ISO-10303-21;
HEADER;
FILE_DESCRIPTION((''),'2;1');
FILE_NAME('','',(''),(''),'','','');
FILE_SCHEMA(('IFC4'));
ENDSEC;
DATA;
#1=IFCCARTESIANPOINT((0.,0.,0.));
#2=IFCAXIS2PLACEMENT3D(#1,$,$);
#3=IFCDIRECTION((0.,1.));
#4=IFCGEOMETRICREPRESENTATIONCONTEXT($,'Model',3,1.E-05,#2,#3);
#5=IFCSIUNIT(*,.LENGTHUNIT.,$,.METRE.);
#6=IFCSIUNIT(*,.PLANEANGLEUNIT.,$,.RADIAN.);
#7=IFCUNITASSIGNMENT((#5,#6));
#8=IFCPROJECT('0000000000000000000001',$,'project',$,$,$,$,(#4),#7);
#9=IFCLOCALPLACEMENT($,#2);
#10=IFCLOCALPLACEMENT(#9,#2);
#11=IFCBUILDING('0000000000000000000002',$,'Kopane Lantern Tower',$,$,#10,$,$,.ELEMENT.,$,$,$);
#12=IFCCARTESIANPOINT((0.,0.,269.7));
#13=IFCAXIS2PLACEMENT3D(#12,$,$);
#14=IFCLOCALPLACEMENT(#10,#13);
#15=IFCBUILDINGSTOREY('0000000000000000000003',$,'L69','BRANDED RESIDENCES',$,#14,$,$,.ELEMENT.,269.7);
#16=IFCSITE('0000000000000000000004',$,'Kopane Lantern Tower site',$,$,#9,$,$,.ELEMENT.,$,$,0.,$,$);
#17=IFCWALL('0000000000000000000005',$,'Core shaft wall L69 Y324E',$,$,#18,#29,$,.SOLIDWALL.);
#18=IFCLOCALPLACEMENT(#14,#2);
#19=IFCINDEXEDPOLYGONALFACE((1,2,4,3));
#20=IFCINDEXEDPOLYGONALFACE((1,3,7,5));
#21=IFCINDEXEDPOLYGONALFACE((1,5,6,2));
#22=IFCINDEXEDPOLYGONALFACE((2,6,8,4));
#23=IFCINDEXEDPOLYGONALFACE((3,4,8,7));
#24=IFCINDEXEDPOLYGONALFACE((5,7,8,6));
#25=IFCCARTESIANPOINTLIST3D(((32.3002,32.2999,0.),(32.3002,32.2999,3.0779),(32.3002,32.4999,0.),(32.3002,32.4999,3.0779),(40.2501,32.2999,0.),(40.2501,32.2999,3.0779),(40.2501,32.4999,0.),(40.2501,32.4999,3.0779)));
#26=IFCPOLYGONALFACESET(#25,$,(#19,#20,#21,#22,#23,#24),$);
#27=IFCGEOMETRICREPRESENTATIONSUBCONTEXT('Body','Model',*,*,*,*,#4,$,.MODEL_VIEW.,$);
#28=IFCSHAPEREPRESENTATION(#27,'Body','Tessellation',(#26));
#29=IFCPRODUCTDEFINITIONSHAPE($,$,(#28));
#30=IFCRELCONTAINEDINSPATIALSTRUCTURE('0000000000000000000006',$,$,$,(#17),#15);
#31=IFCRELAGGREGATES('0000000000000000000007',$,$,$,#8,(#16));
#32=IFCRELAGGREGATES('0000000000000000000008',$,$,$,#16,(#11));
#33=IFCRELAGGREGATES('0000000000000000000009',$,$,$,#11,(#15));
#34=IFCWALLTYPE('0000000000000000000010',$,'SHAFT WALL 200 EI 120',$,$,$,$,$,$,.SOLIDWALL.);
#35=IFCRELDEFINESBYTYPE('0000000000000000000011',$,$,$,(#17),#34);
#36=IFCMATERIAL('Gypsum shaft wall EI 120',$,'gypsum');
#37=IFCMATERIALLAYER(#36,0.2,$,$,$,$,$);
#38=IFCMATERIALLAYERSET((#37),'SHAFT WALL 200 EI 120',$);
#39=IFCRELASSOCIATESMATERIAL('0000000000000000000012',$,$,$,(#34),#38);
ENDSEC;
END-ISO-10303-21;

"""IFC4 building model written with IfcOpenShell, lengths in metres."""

from ifc_helpers import new_model, si_unit, direction, frame, frame_2d, origin, place, context, subcontext, project, spatial, rectangle, extrude, material, layer, layer_set, type_object, element, save


model = new_model("IFC4")

# Units and contexts
model_context = context("Model", 3, precision=1e-05, world=origin(), true_north=direction((0.0, 1.0)))
body_context = subcontext(model_context, "Body", "Model", "MODEL_VIEW")
ifc_project = project(units=[si_unit("LENGTHUNIT", "METRE"), si_unit("PLANEANGLEUNIT", "RADIAN")], contexts=[model_context])

# Site, building, storey
site_placement = place(None, origin())
site = spatial("IfcSite", under=ifc_project, at=site_placement, Name="Kopane Lantern Tower site", CompositionType="ELEMENT", RefElevation=0.0)
building_placement = place(site_placement, origin())
building = spatial("IfcBuilding", under=site, at=building_placement, Name="Kopane Lantern Tower", CompositionType="ELEMENT")
storey_placement = place(building_placement, frame((0.0, 0.0, 269.7)))
storey = spatial("IfcBuildingStorey", under=building, at=storey_placement, Name="L69", Description="BRANDED RESIDENCES", CompositionType="ELEMENT", Elevation=269.7)

# Shared definitions
ifc_material_1 = material(Name="Gypsum shaft wall EI 120", Category="gypsum")
ifc_layer_1 = layer(ifc_material_1, 0.2)
ifc_layer_set_1 = layer_set([ifc_layer_1], Name="SHAFT WALL 200 EI 120")
wall_type_1 = type_object("IfcWallType", Name="SHAFT WALL 200 EI 120", PredefinedType="SOLIDWALL", material=ifc_layer_set_1)

# Wall
wall_1_placement = place(storey_placement, frame((32.3, 32.3999, 0.0), z_axis=(0.0, 0.0, 1.0), x_axis=(1.0, 0.0, 0.0)))
element("IfcWall", 1, at=wall_1_placement, inside=storey, type_object=wall_type_1, Name="Core shaft wall L69 Y324E", PredefinedType="SOLIDWALL", context=body_context, shape_type="SweptSolid", body=[
    extrude(rectangle(XDim=7.95, YDim=0.2, at=frame_2d((3.9751, 0.0))), origin(), (0.0, 0.0, 1.0), 3.0779),
])

save(model, "model.ifc")
